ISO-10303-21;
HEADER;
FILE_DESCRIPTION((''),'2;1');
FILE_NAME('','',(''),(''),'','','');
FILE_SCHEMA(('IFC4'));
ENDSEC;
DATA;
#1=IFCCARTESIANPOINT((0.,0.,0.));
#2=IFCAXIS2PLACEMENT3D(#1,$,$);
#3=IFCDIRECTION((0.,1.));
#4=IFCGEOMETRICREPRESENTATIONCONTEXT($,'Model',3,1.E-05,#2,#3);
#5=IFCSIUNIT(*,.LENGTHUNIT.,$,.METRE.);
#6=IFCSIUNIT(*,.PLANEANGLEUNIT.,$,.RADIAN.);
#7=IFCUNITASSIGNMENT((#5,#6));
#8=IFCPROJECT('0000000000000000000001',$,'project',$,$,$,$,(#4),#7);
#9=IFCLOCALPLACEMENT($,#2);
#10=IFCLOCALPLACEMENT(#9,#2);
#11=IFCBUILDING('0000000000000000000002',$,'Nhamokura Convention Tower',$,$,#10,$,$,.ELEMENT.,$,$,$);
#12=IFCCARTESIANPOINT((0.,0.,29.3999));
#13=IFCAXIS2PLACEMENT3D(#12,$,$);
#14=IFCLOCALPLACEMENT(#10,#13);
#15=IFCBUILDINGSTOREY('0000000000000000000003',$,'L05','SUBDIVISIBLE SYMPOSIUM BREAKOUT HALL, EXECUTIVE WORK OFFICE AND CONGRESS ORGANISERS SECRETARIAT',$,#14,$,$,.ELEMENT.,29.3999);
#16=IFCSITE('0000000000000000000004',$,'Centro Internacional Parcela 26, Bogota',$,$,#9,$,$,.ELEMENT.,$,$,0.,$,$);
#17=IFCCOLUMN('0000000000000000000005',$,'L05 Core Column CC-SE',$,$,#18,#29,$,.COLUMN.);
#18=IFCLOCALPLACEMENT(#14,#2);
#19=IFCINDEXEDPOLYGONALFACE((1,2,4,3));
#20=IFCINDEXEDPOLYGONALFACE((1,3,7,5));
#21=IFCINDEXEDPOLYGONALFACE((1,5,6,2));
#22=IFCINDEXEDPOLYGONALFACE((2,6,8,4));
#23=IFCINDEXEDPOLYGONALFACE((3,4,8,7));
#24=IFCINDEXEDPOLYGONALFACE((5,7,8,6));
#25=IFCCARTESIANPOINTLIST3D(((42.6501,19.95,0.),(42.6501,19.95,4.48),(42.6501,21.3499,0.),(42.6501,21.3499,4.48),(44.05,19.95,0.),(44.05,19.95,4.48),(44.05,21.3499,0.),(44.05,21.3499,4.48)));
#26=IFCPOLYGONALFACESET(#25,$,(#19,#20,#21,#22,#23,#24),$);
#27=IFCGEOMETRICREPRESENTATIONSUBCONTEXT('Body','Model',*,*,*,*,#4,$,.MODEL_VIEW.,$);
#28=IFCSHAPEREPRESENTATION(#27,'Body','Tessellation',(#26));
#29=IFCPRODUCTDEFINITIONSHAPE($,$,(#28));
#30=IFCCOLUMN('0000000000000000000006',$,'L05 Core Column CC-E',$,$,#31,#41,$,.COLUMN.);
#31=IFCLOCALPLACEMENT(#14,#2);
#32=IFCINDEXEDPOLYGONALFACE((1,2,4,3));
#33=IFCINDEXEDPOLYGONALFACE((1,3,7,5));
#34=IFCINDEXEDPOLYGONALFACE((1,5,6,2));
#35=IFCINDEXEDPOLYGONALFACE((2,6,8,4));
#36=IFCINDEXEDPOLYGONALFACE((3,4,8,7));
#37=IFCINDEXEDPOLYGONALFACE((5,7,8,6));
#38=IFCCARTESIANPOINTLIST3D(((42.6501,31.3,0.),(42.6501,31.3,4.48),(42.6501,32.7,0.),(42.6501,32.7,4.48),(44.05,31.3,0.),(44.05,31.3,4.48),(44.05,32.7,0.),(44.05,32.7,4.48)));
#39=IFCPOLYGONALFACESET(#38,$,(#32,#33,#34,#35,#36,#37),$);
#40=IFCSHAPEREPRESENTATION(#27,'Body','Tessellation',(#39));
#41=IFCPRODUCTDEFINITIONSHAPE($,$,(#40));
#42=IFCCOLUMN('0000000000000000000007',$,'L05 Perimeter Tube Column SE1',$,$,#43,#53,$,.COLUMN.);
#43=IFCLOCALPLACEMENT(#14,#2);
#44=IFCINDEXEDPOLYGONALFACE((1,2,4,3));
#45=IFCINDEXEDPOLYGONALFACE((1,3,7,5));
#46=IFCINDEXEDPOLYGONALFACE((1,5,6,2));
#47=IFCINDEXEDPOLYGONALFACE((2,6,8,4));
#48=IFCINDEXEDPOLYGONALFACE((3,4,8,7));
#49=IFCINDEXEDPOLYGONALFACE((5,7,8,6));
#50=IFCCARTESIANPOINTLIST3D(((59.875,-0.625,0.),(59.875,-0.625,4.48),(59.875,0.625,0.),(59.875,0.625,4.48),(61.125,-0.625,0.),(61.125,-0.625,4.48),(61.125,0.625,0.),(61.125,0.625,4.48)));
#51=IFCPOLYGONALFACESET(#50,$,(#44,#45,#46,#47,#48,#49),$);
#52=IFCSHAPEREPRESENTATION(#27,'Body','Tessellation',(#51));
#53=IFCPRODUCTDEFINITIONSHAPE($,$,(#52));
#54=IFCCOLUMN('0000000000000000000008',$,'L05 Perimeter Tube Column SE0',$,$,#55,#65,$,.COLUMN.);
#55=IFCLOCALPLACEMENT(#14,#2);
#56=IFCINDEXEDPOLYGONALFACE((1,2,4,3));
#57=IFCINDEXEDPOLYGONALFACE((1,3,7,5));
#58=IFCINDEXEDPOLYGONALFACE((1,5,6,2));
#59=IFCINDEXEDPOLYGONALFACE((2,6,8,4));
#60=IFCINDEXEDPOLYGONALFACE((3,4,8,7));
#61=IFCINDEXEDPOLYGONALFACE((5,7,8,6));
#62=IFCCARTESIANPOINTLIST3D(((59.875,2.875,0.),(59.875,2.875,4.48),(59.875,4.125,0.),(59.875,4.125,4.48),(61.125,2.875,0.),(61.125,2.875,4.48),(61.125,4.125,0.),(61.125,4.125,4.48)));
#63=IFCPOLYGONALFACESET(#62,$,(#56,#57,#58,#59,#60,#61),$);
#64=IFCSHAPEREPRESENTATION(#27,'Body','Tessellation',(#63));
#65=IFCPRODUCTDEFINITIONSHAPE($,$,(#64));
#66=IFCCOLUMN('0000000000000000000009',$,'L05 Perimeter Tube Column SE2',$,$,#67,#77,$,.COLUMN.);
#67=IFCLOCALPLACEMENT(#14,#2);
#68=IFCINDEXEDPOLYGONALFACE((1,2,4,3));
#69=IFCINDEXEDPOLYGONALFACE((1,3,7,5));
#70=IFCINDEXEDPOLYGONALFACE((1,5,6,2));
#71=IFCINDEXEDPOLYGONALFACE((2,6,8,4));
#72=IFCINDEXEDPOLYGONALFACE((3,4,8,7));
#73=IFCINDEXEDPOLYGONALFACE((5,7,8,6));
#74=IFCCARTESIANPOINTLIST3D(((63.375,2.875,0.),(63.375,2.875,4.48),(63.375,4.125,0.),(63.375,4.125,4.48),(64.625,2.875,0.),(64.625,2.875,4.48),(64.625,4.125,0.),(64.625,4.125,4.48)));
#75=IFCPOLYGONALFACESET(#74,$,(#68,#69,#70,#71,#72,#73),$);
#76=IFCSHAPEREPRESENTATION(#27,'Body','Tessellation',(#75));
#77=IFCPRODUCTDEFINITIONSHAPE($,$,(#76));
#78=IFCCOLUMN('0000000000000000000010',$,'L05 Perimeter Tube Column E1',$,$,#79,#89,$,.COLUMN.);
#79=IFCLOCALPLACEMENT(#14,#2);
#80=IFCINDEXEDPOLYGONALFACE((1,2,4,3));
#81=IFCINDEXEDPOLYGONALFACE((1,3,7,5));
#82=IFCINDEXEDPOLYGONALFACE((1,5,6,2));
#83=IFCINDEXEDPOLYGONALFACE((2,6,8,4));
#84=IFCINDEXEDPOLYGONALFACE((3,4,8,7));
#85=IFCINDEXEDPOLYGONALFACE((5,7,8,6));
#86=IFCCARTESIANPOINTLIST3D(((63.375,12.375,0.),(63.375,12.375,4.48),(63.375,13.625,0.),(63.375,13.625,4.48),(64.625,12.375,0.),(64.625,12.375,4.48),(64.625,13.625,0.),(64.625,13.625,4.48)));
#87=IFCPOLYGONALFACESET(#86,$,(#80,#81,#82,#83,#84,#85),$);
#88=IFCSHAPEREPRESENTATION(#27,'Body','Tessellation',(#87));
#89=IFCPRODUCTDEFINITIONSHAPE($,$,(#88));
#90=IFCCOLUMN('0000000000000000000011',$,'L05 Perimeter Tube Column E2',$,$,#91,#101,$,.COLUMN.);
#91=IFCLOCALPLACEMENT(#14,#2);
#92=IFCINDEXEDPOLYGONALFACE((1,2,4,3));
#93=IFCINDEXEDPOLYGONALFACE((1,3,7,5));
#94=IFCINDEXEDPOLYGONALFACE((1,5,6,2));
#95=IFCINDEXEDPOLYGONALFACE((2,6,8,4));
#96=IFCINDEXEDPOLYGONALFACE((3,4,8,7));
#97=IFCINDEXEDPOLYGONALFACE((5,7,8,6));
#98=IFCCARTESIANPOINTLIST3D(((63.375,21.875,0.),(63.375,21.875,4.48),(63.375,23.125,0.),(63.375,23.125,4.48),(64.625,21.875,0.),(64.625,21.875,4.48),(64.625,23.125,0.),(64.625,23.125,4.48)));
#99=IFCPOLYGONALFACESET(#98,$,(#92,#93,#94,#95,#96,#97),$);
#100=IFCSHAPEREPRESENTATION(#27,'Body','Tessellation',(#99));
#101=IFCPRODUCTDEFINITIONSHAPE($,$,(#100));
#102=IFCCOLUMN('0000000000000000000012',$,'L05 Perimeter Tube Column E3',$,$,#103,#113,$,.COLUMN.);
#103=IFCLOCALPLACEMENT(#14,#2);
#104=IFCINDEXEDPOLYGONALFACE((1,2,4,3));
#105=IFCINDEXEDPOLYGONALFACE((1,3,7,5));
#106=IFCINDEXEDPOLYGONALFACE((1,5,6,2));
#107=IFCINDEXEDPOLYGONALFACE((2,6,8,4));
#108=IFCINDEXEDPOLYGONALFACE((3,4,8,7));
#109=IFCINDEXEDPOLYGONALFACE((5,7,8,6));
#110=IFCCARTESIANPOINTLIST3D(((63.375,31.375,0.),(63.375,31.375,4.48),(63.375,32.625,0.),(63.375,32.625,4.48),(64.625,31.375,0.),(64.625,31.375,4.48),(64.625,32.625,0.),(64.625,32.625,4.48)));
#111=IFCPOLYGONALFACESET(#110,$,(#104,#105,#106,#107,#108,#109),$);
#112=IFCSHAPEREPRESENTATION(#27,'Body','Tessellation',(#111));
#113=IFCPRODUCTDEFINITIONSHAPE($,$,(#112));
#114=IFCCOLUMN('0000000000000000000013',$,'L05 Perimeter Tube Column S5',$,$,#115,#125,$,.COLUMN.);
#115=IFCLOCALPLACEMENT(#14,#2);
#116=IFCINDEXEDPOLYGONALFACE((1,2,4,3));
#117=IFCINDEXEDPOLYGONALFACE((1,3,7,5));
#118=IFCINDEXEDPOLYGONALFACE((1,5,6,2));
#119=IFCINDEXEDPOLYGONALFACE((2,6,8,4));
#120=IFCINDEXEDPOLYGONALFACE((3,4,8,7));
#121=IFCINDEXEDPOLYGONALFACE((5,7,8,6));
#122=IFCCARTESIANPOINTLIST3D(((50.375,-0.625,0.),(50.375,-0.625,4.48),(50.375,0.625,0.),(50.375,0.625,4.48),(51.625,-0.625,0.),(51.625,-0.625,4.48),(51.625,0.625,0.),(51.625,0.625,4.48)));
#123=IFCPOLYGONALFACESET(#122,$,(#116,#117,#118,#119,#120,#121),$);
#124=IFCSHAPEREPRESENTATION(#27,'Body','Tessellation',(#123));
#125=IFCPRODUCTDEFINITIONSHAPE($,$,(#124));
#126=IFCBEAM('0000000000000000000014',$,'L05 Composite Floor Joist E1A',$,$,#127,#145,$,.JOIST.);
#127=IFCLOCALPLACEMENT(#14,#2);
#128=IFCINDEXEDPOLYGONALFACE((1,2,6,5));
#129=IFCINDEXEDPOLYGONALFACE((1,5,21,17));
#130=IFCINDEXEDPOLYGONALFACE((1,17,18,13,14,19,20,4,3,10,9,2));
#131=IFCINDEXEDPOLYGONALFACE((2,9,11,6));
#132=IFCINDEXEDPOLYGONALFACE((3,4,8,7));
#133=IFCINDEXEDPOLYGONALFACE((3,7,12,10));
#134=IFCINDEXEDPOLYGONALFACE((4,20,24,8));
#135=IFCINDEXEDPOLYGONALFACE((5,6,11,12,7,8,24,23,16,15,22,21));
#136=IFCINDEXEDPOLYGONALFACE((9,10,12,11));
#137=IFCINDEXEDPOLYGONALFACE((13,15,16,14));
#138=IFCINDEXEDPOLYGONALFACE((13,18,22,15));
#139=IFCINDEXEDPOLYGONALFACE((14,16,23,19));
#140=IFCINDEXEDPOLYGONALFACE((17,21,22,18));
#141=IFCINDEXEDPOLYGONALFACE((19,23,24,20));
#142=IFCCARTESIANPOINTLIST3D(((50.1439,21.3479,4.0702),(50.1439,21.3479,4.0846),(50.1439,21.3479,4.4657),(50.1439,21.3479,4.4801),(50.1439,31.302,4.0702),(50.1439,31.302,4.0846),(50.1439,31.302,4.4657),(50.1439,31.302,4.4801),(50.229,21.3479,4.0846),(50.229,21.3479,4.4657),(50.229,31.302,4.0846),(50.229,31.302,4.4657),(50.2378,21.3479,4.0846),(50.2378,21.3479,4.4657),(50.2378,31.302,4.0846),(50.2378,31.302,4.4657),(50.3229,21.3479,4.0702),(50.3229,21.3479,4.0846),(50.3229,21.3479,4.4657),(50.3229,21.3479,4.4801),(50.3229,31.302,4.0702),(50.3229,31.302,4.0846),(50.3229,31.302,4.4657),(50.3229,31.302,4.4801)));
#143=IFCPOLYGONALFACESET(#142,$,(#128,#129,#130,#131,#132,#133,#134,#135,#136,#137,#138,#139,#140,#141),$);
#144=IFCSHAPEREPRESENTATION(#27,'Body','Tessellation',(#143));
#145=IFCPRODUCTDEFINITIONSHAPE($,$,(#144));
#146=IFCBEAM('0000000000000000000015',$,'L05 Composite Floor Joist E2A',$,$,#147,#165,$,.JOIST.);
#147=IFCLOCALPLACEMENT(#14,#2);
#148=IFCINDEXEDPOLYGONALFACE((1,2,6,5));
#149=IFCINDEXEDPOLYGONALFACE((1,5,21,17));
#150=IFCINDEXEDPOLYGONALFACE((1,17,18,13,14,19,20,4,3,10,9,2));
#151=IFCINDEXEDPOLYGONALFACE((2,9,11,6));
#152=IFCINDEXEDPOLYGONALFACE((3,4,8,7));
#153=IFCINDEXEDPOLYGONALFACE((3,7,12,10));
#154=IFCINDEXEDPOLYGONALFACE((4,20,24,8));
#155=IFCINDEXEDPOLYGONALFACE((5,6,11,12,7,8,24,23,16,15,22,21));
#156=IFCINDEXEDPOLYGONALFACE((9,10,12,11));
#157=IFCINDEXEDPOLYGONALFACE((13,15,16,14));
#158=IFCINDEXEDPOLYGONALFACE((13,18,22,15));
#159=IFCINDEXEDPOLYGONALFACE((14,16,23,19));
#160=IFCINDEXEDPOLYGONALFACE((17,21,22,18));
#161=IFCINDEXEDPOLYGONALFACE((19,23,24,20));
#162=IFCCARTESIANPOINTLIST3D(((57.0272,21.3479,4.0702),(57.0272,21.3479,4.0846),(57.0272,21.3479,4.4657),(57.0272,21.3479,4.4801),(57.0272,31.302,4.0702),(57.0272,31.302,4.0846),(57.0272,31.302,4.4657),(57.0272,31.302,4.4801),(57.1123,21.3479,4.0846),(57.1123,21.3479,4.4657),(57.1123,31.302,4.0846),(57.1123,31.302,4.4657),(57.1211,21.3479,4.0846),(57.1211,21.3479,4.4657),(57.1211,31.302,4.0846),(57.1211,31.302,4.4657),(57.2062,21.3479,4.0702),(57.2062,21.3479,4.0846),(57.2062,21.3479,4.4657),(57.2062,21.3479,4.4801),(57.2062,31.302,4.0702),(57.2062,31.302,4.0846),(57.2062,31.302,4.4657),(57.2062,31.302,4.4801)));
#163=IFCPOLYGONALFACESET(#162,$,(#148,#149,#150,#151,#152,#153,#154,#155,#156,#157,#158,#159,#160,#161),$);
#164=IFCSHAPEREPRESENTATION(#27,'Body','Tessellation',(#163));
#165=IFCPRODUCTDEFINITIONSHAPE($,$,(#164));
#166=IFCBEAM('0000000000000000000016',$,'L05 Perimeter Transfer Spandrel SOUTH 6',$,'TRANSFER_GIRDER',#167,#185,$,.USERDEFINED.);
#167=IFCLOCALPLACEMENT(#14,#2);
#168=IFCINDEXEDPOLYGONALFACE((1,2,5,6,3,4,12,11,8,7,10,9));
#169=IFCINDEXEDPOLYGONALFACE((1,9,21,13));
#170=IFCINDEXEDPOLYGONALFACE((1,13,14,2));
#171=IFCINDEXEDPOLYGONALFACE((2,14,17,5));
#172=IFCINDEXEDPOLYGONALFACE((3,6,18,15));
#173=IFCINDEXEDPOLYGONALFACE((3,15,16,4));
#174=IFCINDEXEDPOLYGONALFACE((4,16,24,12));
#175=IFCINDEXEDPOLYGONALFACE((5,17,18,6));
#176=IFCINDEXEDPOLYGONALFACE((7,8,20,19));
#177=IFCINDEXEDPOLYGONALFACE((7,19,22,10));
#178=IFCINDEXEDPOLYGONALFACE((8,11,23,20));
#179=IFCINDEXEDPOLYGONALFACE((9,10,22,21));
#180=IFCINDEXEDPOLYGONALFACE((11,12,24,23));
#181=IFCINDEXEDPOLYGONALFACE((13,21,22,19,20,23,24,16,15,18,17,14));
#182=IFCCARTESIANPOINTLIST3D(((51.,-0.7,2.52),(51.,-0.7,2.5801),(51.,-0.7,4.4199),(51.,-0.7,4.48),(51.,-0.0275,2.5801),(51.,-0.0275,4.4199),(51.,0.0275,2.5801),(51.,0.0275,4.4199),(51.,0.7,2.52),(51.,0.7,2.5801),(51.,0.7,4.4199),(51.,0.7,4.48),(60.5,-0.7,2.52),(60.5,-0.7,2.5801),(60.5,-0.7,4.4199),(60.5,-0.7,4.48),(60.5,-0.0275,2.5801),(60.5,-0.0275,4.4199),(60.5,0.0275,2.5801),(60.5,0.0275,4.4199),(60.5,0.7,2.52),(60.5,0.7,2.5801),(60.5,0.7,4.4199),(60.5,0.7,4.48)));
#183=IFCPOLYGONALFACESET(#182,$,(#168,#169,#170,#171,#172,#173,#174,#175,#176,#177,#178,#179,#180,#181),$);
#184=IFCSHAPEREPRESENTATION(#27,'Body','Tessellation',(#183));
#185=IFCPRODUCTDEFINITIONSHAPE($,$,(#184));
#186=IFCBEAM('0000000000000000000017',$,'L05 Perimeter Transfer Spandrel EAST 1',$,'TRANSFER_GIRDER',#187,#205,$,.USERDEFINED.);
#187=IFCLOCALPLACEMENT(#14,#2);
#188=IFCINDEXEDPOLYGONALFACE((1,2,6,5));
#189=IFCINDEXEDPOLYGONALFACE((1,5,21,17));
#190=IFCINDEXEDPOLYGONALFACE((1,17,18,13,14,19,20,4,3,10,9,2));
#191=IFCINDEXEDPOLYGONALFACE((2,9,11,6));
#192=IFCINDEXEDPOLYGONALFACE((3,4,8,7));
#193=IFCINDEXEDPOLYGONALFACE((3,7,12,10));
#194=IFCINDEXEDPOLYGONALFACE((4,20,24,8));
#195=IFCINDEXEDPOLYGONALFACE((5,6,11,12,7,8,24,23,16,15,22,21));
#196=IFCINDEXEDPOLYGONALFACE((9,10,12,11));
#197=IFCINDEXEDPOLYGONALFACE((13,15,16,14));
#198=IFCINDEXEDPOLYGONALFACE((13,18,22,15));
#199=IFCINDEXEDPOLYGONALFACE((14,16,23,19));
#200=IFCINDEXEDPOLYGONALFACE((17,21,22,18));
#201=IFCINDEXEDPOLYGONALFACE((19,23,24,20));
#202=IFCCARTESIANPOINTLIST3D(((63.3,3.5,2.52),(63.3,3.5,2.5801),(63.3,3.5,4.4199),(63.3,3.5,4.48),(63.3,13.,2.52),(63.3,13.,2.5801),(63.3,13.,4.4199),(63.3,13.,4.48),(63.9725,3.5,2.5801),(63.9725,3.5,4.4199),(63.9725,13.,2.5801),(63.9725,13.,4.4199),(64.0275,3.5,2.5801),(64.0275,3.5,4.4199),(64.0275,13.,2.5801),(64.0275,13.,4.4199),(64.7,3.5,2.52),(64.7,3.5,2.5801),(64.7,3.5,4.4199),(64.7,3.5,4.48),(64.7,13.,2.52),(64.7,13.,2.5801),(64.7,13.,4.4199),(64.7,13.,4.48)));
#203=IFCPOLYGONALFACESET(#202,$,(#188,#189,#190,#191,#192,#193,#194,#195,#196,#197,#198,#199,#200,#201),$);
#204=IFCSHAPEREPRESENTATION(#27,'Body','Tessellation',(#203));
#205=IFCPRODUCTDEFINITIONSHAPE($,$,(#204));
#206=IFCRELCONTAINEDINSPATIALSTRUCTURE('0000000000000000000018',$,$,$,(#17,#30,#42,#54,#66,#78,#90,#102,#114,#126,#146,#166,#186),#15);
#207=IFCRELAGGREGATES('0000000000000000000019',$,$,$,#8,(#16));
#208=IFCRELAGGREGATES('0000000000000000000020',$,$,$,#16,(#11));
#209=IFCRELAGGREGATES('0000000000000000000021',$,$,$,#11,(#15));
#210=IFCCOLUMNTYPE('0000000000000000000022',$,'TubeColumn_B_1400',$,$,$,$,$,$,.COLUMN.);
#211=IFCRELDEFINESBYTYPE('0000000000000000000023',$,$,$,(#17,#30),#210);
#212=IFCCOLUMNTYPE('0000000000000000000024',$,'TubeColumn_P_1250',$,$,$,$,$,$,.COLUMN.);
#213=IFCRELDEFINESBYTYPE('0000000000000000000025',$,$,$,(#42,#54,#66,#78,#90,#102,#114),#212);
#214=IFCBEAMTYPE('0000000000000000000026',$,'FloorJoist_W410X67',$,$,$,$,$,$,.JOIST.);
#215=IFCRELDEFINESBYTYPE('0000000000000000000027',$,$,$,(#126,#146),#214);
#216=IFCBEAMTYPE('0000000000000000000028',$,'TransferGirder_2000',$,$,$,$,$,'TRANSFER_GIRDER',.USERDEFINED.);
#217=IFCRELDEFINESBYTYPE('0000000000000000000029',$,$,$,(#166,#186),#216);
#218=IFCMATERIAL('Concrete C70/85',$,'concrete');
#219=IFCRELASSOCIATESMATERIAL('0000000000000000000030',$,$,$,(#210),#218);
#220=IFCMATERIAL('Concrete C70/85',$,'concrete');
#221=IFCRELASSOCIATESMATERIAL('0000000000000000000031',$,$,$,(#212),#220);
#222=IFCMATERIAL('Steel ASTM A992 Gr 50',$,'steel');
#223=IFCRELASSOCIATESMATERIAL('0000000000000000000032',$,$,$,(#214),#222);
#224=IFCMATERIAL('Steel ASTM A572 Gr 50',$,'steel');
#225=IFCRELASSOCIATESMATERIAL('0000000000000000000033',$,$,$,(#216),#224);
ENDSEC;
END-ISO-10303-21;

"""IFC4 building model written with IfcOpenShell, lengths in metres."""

from ifc_helpers import new_model, si_unit, direction, frame, origin, origin_2d, place, context, subcontext, project, spatial, rectangle, i_section, extrude, material, material_profile, profile_set, type_object, element, save


model = new_model("IFC4")

# Units and contexts
model_context = context("Model", 3, precision=1e-05, world=origin(), true_north=direction((0.0, 1.0)))
body_context = subcontext(model_context, "Body", "Model", "MODEL_VIEW")
ifc_project = project(units=[si_unit("LENGTHUNIT", "METRE"), si_unit("PLANEANGLEUNIT", "RADIAN")], contexts=[model_context])

# Site, building, storey
site_placement = place(None, origin())
site = spatial("IfcSite", under=ifc_project, at=site_placement, Name="Centro Internacional Parcela 26, Bogota", CompositionType="ELEMENT", RefElevation=0.0)
building_placement = place(site_placement, origin())
building = spatial("IfcBuilding", under=site, at=building_placement, Name="Nhamokura Convention Tower", CompositionType="ELEMENT")
storey_placement = place(building_placement, frame((0.0, 0.0, 29.3999)))
storey = spatial("IfcBuildingStorey", under=building, at=storey_placement, Name="L05", Description="SUBDIVISIBLE SYMPOSIUM BREAKOUT HALL, EXECUTIVE WORK OFFICE AND CONGRESS ORGANISERS SECRETARIAT", CompositionType="ELEMENT", Elevation=29.3999)

# Columns
ifc_material_1 = material(Name="Concrete C70/85", Category="concrete")
ifc_material_profile_1 = material_profile(ifc_material_1, rectangle(XDim=1.3999, YDim=1.3999, at=origin_2d()))
ifc_profile_set_1 = profile_set([ifc_material_profile_1], Name="Concrete C70/85")
column_type_1 = type_object("IfcColumnType", Name="TubeColumn_B_1400", PredefinedType="COLUMN", material=ifc_profile_set_1)
for number, where, z_axis, x_axis, name in (
    (1, (43.3501, 20.6499, 0.0), (0.0, 0.0, 1.0), (1.0, 0.0, 0.0), "L05 Core Column CC-SE"),
    (2, (43.3501, 32.0, 0.0), (0.0, 0.0, 1.0), (1.0, 0.0, 0.0), "L05 Core Column CC-E"),
):
    element("IfcColumn", number, at=place(storey_placement, frame(where, z_axis=z_axis, x_axis=x_axis)), inside=storey, type_object=column_type_1, Name=name, PredefinedType="COLUMN", context=body_context, shape_type="SweptSolid", body=[
        extrude(rectangle(XDim=1.3999, YDim=1.3999, at=origin_2d()), origin(), (0.0, 0.0, 1.0), 4.48),
    ])
ifc_material_2 = material(Name="Concrete C70/85", Category="concrete")
ifc_material_profile_2 = material_profile(ifc_material_2, rectangle(XDim=1.25, YDim=1.25, at=origin_2d()))
ifc_profile_set_2 = profile_set([ifc_material_profile_2], Name="Concrete C70/85")
column_type_2 = type_object("IfcColumnType", Name="TubeColumn_P_1250", PredefinedType="COLUMN", material=ifc_profile_set_2)
for number, where, z_axis, x_axis, name in (
    (3, (60.5, 0.0, 0.0), (0.0, 0.0, 1.0), (1.0, 0.0, 0.0), "L05 Perimeter Tube Column SE1"),
    (4, (60.5, 3.5, 0.0), (0.0, 0.0, 1.0), (1.0, 0.0, 0.0), "L05 Perimeter Tube Column SE0"),
    (5, (64.0, 3.5, 0.0), (0.0, 0.0, 1.0), (1.0, 0.0, 0.0), "L05 Perimeter Tube Column SE2"),
    (6, (64.0, 13.0, 0.0), (0.0, 0.0, 1.0), (1.0, 0.0, 0.0), "L05 Perimeter Tube Column E1"),
    (7, (64.0, 22.5, 0.0), (0.0, 0.0, 1.0), (1.0, 0.0, 0.0), "L05 Perimeter Tube Column E2"),
    (8, (64.0, 32.0, 0.0), (0.0, 0.0, 1.0), (1.0, 0.0, 0.0), "L05 Perimeter Tube Column E3"),
    (9, (51.0, 0.0, 0.0), (0.0, 0.0, 1.0), (1.0, 0.0, 0.0), "L05 Perimeter Tube Column S5"),
):
    element("IfcColumn", number, at=place(storey_placement, frame(where, z_axis=z_axis, x_axis=x_axis)), inside=storey, type_object=column_type_2, Name=name, PredefinedType="COLUMN", context=body_context, shape_type="SweptSolid", body=[
        extrude(rectangle(XDim=1.25, YDim=1.25, at=origin_2d()), origin(), (0.0, 0.0, 1.0), 4.48),
    ])

# Beams
ifc_material_3 = material(Name="Steel ASTM A992 Gr 50", Category="steel")
ifc_material_profile_3 = material_profile(ifc_material_3, i_section(OverallWidth=0.179, OverallDepth=0.4099, WebThickness=0.0088, FlangeThickness=0.0144, at=origin_2d()))
ifc_profile_set_3 = profile_set([ifc_material_profile_3], Name="Steel ASTM A992 Gr 50")
beam_type_1 = type_object("IfcBeamType", Name="FloorJoist_W410X67", PredefinedType="JOIST", material=ifc_profile_set_3)
for number, where, z_axis, x_axis, name in (
    (10, (50.2334, 21.3479, 4.2751), (0.0, 1.0, 0.0), (-1.0, 0.0, 0.0), "L05 Composite Floor Joist E1A"),
    (11, (57.1167, 21.3479, 4.2751), (0.0, 1.0, 0.0), (-1.0, 0.0, 0.0), "L05 Composite Floor Joist E2A"),
):
    element("IfcBeam", number, at=place(storey_placement, frame(where, z_axis=z_axis, x_axis=x_axis)), inside=storey, type_object=beam_type_1, Name=name, PredefinedType="JOIST", context=body_context, shape_type="SweptSolid", body=[
        extrude(i_section(OverallWidth=0.179, OverallDepth=0.4099, WebThickness=0.0088, FlangeThickness=0.0144, at=origin_2d()), origin(), (0.0, 0.0, 1.0), 9.9541),
    ])
ifc_material_4 = material(Name="Steel ASTM A572 Gr 50", Category="steel")
ifc_material_profile_4 = material_profile(ifc_material_4, i_section(OverallWidth=1.3999, OverallDepth=1.96, WebThickness=0.0549, FlangeThickness=0.0601, at=origin_2d()))
ifc_profile_set_4 = profile_set([ifc_material_profile_4], Name="Steel ASTM A572 Gr 50")
beam_type_2 = type_object("IfcBeamType", Name="TransferGirder_2000", ElementType="TRANSFER_GIRDER", PredefinedType="USERDEFINED", material=ifc_profile_set_4)
for number, where, z_axis, x_axis, name in (
    (12, (51.0, 0.0, 3.5), (1.0, 0.0, 0.0), (0.0, 1.0, 0.0), "L05 Perimeter Transfer Spandrel SOUTH 6"),
    (13, (64.0, 3.5, 3.5), (0.0, 1.0, 0.0), (-1.0, 0.0, 0.0), "L05 Perimeter Transfer Spandrel EAST 1"),
):
    element("IfcBeam", number, at=place(storey_placement, frame(where, z_axis=z_axis, x_axis=x_axis)), inside=storey, type_object=beam_type_2, Name=name, ObjectType="TRANSFER_GIRDER", PredefinedType="USERDEFINED", context=body_context, shape_type="SweptSolid", body=[
        extrude(i_section(OverallWidth=1.3999, OverallDepth=1.96, WebThickness=0.0549, FlangeThickness=0.0601, at=origin_2d()), origin(), (0.0, 0.0, 1.0), 9.5),
    ])

save(model, "model.ifc")
